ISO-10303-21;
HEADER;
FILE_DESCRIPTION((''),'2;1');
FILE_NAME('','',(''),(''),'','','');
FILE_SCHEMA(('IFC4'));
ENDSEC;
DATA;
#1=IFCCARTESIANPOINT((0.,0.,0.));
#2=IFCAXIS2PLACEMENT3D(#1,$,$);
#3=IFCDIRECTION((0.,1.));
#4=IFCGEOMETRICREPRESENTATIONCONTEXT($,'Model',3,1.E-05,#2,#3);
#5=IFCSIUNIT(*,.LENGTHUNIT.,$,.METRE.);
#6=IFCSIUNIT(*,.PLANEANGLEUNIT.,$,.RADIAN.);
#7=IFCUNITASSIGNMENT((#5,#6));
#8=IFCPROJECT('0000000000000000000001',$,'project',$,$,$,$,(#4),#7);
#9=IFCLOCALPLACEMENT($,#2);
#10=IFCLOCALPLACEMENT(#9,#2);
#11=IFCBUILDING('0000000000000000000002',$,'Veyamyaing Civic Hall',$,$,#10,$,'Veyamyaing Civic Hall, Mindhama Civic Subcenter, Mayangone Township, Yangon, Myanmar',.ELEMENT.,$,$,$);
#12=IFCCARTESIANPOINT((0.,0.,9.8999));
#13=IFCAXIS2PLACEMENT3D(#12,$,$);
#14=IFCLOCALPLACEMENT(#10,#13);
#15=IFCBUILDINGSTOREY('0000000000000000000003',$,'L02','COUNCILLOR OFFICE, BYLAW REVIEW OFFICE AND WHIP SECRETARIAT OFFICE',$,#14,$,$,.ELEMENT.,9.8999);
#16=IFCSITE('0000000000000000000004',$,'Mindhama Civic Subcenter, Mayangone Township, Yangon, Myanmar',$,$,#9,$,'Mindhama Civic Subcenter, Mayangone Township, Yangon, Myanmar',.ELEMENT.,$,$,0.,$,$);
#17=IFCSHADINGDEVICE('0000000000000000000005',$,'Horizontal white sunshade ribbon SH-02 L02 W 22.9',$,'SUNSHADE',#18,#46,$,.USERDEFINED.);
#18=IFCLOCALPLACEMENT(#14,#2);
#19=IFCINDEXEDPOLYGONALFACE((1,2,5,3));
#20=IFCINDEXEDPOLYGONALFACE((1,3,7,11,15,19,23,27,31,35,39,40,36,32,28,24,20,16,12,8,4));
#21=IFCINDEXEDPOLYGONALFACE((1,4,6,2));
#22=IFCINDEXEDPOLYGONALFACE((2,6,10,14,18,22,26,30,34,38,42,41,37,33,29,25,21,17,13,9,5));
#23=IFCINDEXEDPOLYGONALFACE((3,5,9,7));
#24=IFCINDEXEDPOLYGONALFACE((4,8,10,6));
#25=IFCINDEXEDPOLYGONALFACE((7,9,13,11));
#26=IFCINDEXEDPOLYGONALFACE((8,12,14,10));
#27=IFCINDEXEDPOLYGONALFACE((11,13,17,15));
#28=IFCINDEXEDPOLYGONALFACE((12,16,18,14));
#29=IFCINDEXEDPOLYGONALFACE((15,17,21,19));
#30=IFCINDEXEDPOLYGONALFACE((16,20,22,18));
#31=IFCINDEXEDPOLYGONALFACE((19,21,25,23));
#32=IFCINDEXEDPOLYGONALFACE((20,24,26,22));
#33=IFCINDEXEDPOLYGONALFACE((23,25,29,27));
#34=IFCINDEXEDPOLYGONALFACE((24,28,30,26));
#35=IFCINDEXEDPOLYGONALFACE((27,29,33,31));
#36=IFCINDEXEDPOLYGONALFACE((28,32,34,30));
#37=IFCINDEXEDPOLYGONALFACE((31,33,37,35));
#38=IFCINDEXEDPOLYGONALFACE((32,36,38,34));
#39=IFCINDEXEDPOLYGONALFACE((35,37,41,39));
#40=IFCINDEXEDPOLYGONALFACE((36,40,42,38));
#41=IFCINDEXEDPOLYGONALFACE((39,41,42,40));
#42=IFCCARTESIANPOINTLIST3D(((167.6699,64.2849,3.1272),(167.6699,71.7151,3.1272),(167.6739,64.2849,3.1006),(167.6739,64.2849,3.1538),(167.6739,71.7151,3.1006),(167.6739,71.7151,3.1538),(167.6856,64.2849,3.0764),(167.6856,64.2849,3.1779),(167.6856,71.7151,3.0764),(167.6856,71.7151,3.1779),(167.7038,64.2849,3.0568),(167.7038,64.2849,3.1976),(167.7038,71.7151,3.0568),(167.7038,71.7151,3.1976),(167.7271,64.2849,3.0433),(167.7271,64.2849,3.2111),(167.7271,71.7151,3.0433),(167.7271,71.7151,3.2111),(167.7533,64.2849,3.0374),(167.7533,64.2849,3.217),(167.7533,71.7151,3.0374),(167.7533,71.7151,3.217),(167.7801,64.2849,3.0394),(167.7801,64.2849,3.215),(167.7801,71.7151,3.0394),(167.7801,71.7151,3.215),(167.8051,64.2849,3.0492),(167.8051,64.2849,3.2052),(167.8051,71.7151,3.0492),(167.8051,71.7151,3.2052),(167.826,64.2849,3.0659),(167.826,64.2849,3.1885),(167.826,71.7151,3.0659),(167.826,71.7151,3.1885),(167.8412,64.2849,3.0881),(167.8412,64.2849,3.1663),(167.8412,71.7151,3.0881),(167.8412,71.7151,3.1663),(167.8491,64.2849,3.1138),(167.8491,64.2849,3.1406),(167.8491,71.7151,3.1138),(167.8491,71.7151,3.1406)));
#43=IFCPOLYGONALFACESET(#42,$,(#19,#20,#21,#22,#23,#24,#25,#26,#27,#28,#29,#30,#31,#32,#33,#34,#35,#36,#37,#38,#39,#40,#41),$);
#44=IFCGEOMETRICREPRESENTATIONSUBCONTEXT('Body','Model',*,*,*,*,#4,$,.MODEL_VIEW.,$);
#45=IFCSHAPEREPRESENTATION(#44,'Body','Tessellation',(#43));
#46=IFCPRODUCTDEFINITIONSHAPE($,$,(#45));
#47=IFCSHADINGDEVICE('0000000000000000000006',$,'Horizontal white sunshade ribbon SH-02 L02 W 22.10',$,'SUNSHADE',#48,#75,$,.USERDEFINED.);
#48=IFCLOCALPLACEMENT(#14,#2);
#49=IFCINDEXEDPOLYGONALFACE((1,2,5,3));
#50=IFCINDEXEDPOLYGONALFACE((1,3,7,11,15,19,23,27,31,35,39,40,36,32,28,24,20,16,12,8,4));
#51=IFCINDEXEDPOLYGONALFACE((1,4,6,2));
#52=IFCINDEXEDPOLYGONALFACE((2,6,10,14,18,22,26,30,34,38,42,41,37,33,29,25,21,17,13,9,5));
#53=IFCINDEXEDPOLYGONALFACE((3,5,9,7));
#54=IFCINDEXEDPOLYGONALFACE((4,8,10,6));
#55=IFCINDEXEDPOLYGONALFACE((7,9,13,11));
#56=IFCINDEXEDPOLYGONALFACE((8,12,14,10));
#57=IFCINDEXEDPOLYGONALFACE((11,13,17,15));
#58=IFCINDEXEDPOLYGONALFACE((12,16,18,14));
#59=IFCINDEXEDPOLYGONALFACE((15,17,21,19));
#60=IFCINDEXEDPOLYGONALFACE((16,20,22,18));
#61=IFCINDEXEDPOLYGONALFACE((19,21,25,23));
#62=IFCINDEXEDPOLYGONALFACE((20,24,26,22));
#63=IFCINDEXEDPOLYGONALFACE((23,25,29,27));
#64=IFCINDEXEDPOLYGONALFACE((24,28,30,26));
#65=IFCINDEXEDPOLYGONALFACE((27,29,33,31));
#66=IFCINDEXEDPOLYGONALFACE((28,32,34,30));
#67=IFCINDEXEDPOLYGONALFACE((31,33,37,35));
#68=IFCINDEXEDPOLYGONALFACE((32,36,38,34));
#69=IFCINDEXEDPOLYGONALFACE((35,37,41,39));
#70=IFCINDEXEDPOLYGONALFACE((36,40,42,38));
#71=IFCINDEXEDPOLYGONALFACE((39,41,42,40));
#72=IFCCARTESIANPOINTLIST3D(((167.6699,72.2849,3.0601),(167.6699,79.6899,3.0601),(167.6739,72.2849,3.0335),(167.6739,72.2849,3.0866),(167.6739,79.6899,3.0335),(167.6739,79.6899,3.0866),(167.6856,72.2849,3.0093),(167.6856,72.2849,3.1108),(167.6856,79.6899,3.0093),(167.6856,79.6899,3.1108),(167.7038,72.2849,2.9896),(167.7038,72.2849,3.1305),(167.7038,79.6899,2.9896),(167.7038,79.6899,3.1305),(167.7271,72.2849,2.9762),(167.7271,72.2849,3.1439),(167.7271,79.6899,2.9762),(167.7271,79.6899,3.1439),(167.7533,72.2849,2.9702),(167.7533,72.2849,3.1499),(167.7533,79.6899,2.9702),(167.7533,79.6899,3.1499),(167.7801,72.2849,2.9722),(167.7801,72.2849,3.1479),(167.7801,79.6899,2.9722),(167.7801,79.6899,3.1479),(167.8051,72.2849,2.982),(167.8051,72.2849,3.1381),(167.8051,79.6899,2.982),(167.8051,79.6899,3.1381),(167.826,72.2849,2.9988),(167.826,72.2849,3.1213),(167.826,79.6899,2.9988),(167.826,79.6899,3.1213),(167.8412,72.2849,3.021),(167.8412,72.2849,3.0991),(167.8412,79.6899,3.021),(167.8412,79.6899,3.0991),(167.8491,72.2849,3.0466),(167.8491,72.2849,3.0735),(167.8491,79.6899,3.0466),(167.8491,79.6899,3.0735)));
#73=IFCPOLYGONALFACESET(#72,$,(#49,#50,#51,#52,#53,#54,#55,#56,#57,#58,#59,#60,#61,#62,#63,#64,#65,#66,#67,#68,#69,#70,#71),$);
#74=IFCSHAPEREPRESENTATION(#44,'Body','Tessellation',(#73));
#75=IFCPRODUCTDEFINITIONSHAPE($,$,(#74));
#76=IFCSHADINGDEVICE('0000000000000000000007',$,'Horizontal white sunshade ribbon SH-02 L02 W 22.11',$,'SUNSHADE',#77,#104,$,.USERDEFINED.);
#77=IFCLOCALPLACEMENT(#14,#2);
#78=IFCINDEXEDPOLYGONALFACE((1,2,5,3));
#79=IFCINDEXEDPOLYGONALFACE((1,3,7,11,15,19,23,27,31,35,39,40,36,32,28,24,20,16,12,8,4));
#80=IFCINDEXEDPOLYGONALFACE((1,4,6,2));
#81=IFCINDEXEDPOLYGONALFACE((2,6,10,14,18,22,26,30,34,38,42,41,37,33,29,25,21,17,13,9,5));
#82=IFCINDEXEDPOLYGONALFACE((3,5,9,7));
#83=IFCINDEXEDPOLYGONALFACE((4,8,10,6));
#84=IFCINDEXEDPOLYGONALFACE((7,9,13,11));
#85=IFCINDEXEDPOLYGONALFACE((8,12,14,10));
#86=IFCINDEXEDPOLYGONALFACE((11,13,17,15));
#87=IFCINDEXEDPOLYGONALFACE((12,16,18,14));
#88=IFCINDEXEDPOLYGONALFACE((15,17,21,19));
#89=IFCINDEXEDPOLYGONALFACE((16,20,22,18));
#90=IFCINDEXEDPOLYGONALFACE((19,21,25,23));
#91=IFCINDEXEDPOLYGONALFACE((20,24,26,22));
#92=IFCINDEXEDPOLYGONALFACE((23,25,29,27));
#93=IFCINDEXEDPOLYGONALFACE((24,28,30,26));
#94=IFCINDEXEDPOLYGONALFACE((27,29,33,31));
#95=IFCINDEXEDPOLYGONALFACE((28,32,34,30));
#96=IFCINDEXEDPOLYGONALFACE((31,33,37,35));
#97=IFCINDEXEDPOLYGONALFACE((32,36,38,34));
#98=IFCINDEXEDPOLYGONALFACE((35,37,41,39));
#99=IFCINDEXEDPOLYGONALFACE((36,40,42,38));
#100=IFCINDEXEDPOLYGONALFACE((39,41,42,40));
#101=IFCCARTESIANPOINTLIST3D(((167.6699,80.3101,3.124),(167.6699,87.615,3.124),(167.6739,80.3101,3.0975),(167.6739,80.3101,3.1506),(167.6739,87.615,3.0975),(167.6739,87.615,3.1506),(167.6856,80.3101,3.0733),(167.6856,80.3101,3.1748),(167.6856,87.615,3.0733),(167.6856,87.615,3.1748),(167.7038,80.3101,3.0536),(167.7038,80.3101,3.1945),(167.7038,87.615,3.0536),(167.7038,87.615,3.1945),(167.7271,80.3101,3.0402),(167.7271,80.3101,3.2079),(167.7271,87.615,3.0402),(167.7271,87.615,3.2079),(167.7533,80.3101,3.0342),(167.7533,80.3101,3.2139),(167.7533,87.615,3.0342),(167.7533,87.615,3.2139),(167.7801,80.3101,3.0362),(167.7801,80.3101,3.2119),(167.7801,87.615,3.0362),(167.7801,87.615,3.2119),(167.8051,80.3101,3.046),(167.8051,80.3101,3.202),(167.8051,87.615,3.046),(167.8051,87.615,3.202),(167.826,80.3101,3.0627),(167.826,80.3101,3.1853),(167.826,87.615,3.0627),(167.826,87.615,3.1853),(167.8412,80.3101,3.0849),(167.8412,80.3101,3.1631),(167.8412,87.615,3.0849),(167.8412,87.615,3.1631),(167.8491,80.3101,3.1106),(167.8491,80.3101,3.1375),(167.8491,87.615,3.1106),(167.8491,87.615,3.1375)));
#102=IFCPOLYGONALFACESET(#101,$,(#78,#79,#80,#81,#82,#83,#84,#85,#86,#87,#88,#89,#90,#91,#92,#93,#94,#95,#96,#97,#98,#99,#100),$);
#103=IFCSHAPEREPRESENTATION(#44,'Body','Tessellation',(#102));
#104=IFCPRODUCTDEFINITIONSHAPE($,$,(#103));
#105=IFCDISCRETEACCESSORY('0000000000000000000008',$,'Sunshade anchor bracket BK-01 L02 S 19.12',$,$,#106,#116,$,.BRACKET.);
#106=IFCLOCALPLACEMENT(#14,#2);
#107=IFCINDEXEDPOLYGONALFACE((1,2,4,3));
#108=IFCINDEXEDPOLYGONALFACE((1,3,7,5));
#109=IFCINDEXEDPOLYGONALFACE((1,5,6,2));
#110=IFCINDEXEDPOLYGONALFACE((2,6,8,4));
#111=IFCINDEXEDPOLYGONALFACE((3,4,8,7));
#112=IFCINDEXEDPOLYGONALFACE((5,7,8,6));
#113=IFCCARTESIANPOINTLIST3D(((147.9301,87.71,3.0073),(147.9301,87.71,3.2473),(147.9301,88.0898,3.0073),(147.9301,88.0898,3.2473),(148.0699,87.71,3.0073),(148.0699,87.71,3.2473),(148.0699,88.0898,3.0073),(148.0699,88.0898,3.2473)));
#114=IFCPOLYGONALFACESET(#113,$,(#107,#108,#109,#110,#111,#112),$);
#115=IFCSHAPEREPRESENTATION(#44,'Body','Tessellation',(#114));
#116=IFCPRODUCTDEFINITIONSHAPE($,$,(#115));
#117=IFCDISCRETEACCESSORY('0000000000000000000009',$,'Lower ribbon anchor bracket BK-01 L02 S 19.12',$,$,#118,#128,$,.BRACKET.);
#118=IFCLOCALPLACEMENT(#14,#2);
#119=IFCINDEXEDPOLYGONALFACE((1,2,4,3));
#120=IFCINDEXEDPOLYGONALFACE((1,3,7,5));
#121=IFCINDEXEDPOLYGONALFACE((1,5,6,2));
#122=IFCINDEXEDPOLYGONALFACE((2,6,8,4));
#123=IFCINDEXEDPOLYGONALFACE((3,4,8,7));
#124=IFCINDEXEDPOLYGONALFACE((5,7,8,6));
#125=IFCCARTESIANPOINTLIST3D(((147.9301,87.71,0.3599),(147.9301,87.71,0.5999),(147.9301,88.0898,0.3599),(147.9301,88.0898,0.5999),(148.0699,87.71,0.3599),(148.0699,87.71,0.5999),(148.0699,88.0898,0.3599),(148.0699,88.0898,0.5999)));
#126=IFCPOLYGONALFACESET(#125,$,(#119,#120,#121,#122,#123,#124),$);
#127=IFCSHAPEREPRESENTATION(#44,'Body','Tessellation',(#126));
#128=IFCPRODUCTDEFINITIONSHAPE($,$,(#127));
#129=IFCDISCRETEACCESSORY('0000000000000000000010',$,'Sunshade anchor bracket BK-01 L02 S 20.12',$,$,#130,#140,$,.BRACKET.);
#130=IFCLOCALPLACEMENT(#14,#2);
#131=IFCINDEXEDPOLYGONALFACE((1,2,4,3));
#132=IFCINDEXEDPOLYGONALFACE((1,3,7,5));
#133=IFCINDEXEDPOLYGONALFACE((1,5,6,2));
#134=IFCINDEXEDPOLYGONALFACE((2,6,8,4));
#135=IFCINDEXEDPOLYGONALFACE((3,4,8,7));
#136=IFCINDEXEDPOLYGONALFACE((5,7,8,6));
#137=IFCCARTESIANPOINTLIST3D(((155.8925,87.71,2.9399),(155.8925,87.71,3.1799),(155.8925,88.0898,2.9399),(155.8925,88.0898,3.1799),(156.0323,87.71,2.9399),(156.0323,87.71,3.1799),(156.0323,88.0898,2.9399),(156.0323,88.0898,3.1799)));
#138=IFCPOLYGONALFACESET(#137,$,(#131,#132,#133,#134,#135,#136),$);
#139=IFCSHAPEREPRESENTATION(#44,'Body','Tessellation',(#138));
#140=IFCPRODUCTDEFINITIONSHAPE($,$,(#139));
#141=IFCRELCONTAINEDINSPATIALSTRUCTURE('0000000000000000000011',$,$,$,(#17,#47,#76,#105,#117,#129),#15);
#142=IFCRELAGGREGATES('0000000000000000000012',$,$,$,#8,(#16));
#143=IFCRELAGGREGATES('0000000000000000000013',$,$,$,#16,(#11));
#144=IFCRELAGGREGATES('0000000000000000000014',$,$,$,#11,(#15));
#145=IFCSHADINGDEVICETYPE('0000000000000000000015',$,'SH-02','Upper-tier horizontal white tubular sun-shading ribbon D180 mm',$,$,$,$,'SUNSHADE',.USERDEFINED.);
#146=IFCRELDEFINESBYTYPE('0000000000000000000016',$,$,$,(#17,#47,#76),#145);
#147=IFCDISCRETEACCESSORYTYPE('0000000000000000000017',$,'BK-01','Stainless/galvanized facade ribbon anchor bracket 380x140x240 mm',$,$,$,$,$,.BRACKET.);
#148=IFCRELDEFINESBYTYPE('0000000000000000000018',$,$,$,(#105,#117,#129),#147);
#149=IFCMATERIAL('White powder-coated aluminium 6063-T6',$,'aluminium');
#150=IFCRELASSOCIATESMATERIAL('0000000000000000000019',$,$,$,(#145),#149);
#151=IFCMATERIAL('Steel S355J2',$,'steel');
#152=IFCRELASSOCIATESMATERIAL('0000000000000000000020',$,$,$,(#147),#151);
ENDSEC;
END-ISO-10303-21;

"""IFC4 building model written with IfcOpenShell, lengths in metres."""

from ifc_helpers import new_model, si_unit, direction, frame, origin, origin_2d, place, context, subcontext, project, spatial, rectangle, circle, extrude, material, material_profile, profile_set, type_object, element, save


model = new_model("IFC4")

# Units and contexts
model_context = context("Model", 3, precision=1e-05, world=origin(), true_north=direction((0.0, 1.0)))
body_context = subcontext(model_context, "Body", "Model", "MODEL_VIEW")
ifc_project = project(units=[si_unit("LENGTHUNIT", "METRE"), si_unit("PLANEANGLEUNIT", "RADIAN")], contexts=[model_context])

# Site, building, storey
site_placement = place(None, origin())
site = spatial("IfcSite", under=ifc_project, at=site_placement, Name="Mindhama Civic Subcenter, Mayangone Township, Yangon, Myanmar", LongName="Mindhama Civic Subcenter, Mayangone Township, Yangon, Myanmar", CompositionType="ELEMENT", RefElevation=0.0)
building_placement = place(site_placement, origin())
building = spatial("IfcBuilding", under=site, at=building_placement, Name="Veyamyaing Civic Hall", LongName="Veyamyaing Civic Hall, Mindhama Civic Subcenter, Mayangone Township, Yangon, Myanmar", CompositionType="ELEMENT")
storey_placement = place(building_placement, frame((0.0, 0.0, 9.8999)))
storey = spatial("IfcBuildingStorey", under=building, at=storey_placement, Name="L02", Description="COUNCILLOR OFFICE, BYLAW REVIEW OFFICE AND WHIP SECRETARIAT OFFICE", CompositionType="ELEMENT", Elevation=9.8999)

# Shared definitions
ifc_material_1 = material(Name="White powder-coated aluminium 6063-T6", Category="aluminium")

# Shading devices
ifc_material_profile = material_profile(ifc_material_1, circle(Radius=0.0901, at=origin_2d()), Name="SHADE-TUBE-180")
ifc_profile_set = profile_set([ifc_material_profile], Name="White powder-coated aluminium 6063-T6")
shading_device_type = type_object("IfcShadingDeviceType", Name="SH-02", Description="Upper-tier horizontal white tubular sun-shading ribbon D180 mm", ElementType="SUNSHADE", PredefinedType="USERDEFINED", material=ifc_profile_set)
shading_device_1_placement = place(storey_placement, frame((167.76, 64.2849, 3.1272), z_axis=(0.0, 1.0, 0.0), x_axis=(-1.0, 0.0, 0.0)))
element("IfcShadingDevice", 1, at=shading_device_1_placement, inside=storey, type_object=shading_device_type, Name="Horizontal white sunshade ribbon SH-02 L02 W 22.9", ObjectType="SUNSHADE", PredefinedType="USERDEFINED", context=body_context, shape_type="SweptSolid", body=[
    extrude(circle(Radius=0.0901, at=origin_2d()), origin(), (0.0, 0.0, 1.0), 7.4302),
])
shading_device_2_placement = place(storey_placement, frame((167.76, 72.2849, 3.0601), z_axis=(0.0, 1.0, 0.0), x_axis=(-1.0, 0.0, 0.0)))
element("IfcShadingDevice", 2, at=shading_device_2_placement, inside=storey, type_object=shading_device_type, Name="Horizontal white sunshade ribbon SH-02 L02 W 22.10", ObjectType="SUNSHADE", PredefinedType="USERDEFINED", context=body_context, shape_type="SweptSolid", body=[
    extrude(circle(Radius=0.0901, at=origin_2d()), origin(), (0.0, 0.0, 1.0), 7.405),
])
shading_device_3_placement = place(storey_placement, frame((167.76, 80.3101, 3.124), z_axis=(0.0, 1.0, 0.0), x_axis=(-1.0, 0.0, 0.0)))
element("IfcShadingDevice", 3, at=shading_device_3_placement, inside=storey, type_object=shading_device_type, Name="Horizontal white sunshade ribbon SH-02 L02 W 22.11", ObjectType="SUNSHADE", PredefinedType="USERDEFINED", context=body_context, shape_type="SweptSolid", body=[
    extrude(circle(Radius=0.0901, at=origin_2d()), origin(), (0.0, 0.0, 1.0), 7.3049),
])

# Discrete accessories
ifc_material_2 = material(Name="Steel S355J2", Category="steel")
discrete_accessory_type = type_object("IfcDiscreteAccessoryType", Name="BK-01", Description="Stainless/galvanized facade ribbon anchor bracket 380x140x240 mm", PredefinedType="BRACKET", material=ifc_material_2)
for number, where, z_axis, x_axis, name in (
    (4, (148.0, 87.8999, 3.0073), (0.0, 0.0, 1.0), (0.0, -1.0, 0.0), "Sunshade anchor bracket BK-01 L02 S 19.12"),
    (5, (148.0, 87.8999, 0.3599), (0.0, 0.0, 1.0), (0.0, -1.0, 0.0), "Lower ribbon anchor bracket BK-01 L02 S 19.12"),
    (6, (155.9624, 87.8999, 2.9399), (0.0, 0.0, 1.0), (0.0, -1.0, 0.0), "Sunshade anchor bracket BK-01 L02 S 20.12"),
):
    element("IfcDiscreteAccessory", number, at=place(storey_placement, frame(where, z_axis=z_axis, x_axis=x_axis)), inside=storey, type_object=discrete_accessory_type, Name=name, PredefinedType="BRACKET", context=body_context, shape_type="SweptSolid", body=[
        extrude(rectangle(XDim=0.3799, YDim=0.1399, at=origin_2d()), origin(), (0.0, 0.0, 1.0), 0.24),
    ])

save(model, "model.ifc")
